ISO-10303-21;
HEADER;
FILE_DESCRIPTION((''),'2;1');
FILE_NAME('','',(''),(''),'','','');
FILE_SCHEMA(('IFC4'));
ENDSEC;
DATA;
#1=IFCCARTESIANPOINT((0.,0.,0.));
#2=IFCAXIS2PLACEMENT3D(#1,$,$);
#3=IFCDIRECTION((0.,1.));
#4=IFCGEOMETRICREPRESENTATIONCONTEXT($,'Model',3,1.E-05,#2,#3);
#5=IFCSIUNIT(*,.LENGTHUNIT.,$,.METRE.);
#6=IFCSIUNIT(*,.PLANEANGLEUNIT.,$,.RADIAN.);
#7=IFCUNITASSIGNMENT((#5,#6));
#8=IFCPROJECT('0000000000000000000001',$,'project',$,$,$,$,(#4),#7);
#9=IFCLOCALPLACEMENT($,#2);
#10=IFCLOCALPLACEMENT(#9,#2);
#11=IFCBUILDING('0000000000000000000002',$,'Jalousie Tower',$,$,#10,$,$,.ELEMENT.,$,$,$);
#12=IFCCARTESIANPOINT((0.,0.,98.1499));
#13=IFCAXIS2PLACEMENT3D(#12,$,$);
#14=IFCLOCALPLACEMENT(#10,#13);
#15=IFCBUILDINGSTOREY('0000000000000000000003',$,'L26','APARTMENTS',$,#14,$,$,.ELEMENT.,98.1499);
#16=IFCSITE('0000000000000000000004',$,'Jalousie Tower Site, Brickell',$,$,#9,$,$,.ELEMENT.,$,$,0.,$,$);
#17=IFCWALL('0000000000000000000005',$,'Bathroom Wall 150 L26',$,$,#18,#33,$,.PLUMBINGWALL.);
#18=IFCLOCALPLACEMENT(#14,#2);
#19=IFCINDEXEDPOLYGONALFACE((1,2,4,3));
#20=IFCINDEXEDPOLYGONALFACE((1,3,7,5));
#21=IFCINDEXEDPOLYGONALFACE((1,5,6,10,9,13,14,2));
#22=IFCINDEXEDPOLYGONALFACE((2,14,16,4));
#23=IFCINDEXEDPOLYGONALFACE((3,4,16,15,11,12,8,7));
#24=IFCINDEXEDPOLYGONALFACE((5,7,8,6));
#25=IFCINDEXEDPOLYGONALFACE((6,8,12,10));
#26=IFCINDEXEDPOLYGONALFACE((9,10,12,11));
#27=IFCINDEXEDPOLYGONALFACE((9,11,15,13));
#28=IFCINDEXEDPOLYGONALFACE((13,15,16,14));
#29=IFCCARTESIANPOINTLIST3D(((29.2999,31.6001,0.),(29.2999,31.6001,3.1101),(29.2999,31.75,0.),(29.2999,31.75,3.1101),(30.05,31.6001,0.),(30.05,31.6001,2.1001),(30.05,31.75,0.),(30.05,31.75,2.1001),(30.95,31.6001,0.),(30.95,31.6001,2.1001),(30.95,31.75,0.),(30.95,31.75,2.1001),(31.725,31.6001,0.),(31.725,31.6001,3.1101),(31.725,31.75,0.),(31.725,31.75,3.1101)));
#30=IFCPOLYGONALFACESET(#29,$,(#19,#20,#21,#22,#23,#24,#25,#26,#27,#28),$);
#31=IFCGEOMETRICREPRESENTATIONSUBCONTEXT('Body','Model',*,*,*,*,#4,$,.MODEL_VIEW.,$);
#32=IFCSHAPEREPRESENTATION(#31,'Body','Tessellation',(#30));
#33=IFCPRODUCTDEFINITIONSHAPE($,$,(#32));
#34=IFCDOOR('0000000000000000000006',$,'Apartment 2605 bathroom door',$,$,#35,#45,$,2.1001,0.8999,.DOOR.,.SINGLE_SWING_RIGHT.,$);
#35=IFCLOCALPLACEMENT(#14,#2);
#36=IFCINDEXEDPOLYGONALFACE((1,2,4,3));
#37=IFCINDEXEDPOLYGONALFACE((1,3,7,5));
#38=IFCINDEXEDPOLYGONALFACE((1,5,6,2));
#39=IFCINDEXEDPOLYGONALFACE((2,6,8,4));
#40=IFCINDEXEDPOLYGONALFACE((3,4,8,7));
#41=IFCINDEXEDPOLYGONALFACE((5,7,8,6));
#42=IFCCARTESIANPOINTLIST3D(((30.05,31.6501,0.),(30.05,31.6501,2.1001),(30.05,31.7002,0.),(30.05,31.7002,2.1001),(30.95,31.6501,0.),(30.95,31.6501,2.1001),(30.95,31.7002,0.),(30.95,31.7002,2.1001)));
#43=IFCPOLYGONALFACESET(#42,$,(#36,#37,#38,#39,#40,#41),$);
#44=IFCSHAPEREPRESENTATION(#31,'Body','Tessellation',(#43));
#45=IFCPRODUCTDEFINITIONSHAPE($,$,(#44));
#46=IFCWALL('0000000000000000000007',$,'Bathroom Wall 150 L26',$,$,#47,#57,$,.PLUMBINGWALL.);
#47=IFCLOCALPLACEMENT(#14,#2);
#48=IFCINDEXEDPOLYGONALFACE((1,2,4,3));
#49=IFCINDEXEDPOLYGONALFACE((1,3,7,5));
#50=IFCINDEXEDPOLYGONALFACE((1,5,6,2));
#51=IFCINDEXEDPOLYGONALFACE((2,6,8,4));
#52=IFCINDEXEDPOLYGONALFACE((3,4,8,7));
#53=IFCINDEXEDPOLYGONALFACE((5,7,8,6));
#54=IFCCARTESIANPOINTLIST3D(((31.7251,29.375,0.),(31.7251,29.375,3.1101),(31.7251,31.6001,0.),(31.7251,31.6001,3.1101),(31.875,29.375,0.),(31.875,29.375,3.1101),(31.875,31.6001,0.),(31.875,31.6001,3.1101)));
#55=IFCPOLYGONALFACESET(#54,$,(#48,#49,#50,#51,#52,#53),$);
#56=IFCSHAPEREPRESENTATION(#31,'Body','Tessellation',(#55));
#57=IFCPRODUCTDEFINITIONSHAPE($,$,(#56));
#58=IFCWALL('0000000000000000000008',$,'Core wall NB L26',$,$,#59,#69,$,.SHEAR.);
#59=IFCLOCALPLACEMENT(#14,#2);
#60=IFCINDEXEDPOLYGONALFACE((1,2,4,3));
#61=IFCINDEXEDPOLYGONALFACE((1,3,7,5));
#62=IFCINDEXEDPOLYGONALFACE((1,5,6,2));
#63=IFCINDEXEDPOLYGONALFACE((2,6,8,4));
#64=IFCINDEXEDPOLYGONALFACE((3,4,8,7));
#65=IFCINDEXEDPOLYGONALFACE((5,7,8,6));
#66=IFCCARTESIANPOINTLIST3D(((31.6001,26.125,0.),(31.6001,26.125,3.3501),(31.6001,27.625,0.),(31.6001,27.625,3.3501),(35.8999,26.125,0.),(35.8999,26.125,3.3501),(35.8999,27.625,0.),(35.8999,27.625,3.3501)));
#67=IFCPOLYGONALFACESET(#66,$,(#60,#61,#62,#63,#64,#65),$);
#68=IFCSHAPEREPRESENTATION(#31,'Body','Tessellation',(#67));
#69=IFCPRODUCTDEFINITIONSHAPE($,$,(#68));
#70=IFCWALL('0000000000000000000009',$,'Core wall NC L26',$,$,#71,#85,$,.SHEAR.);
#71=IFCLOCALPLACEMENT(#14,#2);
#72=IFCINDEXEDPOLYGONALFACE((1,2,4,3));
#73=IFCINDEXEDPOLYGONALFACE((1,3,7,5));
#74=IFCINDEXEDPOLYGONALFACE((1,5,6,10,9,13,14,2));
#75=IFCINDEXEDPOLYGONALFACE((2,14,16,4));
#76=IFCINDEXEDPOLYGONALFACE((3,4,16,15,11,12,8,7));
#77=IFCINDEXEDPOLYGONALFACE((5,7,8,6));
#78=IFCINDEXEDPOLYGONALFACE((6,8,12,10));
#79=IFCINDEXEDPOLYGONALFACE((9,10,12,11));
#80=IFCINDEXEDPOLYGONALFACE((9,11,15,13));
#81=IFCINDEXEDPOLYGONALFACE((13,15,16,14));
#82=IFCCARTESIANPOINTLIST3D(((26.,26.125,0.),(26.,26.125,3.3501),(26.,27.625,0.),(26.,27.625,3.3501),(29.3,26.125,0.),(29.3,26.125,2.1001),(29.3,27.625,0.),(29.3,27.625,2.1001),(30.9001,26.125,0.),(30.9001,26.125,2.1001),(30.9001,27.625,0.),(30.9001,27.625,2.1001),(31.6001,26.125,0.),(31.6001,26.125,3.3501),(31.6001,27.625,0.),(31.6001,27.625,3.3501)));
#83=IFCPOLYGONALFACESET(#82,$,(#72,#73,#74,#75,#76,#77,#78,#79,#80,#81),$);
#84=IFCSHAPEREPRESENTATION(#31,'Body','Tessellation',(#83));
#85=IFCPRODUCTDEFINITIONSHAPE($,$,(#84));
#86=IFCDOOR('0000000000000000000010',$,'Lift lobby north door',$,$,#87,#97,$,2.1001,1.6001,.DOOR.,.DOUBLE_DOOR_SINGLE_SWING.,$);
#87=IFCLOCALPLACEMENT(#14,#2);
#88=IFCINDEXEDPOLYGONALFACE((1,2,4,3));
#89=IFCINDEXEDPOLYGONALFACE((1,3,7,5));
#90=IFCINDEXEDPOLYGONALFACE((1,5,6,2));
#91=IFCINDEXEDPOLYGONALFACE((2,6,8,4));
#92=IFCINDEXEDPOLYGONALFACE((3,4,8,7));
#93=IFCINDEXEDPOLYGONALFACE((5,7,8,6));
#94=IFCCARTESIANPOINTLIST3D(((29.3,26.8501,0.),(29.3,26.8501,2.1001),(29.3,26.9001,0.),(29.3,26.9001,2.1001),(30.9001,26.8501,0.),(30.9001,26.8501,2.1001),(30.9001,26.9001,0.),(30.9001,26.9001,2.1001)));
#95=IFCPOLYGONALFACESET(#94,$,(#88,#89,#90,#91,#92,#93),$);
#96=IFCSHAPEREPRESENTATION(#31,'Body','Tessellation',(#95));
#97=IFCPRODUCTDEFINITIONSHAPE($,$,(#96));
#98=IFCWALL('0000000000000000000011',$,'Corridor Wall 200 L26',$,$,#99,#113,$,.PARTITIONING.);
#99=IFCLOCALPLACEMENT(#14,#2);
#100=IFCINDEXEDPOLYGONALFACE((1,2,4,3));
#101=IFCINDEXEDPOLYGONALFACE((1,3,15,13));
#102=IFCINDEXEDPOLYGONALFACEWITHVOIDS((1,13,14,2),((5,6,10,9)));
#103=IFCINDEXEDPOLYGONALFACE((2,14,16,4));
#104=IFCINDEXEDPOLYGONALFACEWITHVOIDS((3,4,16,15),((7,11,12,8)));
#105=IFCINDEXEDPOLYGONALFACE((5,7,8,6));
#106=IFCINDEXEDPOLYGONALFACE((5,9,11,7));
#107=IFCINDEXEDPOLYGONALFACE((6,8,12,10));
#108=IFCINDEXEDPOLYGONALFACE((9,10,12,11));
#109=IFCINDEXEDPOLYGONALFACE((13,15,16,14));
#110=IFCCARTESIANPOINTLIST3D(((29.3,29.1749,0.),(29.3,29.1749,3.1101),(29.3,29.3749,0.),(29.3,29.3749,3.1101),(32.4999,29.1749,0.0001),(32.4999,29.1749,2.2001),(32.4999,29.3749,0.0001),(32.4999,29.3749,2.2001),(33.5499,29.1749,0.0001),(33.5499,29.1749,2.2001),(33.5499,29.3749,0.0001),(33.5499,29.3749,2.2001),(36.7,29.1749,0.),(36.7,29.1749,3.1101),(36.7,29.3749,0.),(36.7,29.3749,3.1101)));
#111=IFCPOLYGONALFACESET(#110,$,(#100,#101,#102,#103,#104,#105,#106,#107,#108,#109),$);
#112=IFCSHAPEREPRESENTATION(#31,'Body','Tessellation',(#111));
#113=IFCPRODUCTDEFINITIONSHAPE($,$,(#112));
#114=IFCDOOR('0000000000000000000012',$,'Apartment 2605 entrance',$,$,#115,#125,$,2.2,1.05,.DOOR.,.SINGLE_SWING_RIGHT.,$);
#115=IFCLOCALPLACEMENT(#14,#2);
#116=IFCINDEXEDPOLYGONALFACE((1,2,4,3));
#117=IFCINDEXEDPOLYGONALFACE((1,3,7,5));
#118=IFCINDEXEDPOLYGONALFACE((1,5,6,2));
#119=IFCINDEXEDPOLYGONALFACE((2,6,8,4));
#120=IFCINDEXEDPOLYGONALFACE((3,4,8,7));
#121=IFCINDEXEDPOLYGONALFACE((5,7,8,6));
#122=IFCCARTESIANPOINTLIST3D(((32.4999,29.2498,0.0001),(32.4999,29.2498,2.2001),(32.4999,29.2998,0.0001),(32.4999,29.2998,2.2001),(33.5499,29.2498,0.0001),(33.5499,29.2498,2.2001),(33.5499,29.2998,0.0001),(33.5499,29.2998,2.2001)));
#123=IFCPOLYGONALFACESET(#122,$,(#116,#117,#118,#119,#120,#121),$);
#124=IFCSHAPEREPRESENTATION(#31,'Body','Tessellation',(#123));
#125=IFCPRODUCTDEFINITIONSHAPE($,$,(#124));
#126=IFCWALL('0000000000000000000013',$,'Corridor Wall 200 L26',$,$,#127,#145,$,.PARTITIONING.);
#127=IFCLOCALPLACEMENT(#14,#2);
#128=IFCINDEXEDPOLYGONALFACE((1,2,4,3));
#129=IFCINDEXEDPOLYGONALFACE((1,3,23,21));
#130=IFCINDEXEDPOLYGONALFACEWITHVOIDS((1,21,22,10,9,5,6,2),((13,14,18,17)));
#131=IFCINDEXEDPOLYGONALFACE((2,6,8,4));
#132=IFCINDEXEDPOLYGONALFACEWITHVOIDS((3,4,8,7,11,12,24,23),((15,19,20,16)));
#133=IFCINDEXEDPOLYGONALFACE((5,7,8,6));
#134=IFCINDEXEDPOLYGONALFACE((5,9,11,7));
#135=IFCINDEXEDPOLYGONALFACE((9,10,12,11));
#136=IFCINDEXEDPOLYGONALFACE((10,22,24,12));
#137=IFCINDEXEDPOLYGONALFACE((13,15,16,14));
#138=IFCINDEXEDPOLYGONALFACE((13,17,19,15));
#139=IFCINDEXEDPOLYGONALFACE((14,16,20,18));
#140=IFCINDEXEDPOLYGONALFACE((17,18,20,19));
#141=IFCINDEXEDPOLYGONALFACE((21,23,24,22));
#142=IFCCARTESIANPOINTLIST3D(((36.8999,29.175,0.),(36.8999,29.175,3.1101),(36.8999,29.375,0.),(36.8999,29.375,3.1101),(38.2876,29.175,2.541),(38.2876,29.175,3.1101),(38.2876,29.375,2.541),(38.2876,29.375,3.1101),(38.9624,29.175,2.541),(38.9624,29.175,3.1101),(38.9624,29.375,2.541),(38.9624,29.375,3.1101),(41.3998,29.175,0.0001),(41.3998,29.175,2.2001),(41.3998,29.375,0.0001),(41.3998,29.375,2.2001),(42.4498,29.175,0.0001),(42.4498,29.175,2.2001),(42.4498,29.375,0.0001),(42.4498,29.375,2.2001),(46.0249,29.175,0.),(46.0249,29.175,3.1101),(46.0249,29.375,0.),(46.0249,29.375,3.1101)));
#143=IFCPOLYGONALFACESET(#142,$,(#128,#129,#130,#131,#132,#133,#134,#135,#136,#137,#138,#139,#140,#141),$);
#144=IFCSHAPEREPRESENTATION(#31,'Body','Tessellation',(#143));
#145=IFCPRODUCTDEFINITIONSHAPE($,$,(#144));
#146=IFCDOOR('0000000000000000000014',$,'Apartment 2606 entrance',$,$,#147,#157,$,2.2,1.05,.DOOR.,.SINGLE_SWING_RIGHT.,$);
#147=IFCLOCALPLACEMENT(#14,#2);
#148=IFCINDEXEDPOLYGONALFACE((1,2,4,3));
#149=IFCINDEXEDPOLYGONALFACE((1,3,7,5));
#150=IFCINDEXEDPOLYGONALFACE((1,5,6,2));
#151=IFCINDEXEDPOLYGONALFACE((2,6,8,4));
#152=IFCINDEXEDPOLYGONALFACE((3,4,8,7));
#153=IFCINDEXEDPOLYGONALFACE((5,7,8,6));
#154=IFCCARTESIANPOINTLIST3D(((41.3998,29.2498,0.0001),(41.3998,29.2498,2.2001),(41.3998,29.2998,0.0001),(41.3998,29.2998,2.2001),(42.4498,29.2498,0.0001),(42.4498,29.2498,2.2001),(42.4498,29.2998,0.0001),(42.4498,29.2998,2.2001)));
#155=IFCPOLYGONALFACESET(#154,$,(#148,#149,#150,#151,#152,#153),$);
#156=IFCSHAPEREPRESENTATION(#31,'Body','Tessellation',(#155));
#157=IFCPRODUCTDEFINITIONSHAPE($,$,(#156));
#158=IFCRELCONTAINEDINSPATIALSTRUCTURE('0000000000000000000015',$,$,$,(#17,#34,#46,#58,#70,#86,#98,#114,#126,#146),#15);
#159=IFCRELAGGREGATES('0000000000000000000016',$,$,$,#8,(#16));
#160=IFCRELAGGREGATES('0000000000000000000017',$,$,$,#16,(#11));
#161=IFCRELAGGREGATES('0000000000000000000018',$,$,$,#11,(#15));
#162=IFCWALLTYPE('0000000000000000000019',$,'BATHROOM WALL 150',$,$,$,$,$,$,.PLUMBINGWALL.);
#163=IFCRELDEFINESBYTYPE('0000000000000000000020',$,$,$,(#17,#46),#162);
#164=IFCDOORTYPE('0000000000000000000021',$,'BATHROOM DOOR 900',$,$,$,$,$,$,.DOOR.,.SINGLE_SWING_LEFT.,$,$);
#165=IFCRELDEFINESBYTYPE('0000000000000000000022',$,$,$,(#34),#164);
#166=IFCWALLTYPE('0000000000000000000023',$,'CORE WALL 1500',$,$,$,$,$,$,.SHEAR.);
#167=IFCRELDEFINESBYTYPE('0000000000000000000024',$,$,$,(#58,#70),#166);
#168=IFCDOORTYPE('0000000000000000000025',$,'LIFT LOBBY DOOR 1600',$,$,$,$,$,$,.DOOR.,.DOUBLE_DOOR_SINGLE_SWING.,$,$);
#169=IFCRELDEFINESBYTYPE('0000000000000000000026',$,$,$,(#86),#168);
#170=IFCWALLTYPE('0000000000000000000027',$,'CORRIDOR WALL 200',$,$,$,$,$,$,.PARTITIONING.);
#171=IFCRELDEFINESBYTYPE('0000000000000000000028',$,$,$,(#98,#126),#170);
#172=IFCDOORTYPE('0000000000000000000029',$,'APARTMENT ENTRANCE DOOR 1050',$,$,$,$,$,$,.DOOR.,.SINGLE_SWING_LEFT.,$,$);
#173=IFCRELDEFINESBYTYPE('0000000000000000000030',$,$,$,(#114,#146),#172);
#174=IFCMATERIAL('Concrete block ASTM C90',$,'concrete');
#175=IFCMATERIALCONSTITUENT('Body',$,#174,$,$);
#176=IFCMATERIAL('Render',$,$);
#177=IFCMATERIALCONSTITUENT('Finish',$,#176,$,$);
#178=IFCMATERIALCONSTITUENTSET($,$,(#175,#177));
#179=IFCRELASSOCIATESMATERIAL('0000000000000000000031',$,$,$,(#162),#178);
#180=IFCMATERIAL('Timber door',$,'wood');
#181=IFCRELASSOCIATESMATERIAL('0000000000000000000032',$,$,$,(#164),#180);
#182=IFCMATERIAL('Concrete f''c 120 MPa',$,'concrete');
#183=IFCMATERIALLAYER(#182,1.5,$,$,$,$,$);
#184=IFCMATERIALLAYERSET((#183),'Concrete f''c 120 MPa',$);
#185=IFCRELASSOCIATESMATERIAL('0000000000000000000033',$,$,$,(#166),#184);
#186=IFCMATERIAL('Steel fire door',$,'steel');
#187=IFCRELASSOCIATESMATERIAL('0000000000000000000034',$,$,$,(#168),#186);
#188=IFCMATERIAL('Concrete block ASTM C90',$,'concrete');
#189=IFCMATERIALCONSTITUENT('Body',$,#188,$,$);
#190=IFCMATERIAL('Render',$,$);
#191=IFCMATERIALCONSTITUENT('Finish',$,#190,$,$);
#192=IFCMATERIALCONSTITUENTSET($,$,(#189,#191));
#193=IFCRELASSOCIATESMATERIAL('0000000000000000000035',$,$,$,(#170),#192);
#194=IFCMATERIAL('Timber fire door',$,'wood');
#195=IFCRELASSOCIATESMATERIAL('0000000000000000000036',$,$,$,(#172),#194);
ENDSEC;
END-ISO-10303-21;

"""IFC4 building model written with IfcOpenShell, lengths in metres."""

from ifc_helpers import new_model, si_unit, direction, frame, frame_2d, origin, place, context, subcontext, project, spatial, polyline, rectangle, outline, extrude, material, layer, layer_set, constituent, constituent_set, type_object, element, fill, save


model = new_model("IFC4")

# Units and contexts
model_context = context("Model", 3, precision=1e-05, world=origin(), true_north=direction((0.0, 1.0)))
body_context = subcontext(model_context, "Body", "Model", "MODEL_VIEW")
ifc_project = project(units=[si_unit("LENGTHUNIT", "METRE"), si_unit("PLANEANGLEUNIT", "RADIAN")], contexts=[model_context])

# Site, building, storey
site_placement = place(None, origin())
site = spatial("IfcSite", under=ifc_project, at=site_placement, Name="Jalousie Tower Site, Brickell", CompositionType="ELEMENT", RefElevation=0.0)
building_placement = place(site_placement, origin())
building = spatial("IfcBuilding", under=site, at=building_placement, Name="Jalousie Tower", CompositionType="ELEMENT")
storey_placement = place(building_placement, frame((0.0, 0.0, 98.1499)))
storey = spatial("IfcBuildingStorey", under=building, at=storey_placement, Name="L26", Description="APARTMENTS", CompositionType="ELEMENT", Elevation=98.1499)

# Wall, opening, door
ifc_material_1 = material(Name="Concrete block ASTM C90", Category="concrete")
ifc_constituent_1 = constituent(ifc_material_1, Name="Body")
ifc_material_2 = material(Name="Render")
ifc_constituent_2 = constituent(ifc_material_2, Name="Finish")
ifc_constituent_set_1 = constituent_set(constituents=[ifc_constituent_1, ifc_constituent_2])
wall_type_1 = type_object("IfcWallType", Name="BATHROOM WALL 150", PredefinedType="PLUMBINGWALL", material=ifc_constituent_set_1)
wall_1_placement = place(storey_placement, frame((29.3, 31.675, 0.0), z_axis=(0.0, 0.0, 1.0), x_axis=(1.0, 0.0, 0.0)))
wall_1 = element("IfcWall", 1, at=wall_1_placement, inside=storey, type_object=wall_type_1, Name="Bathroom Wall 150 L26", PredefinedType="PLUMBINGWALL", context=body_context, shape_type="SweptSolid", body=[
    extrude(rectangle(XDim=2.425, YDim=0.1499, at=frame_2d((1.2124, 0.0))), origin(), (0.0, 0.0, 1.0), 3.1101),
])
opening_1_placement = place(wall_1_placement, frame((0.75, 0.0, 0.0)))
opening_1 = element("IfcOpeningElement", 2, at=opening_1_placement, cuts=wall_1, PredefinedType="OPENING", context=body_context, shape_type="SweptSolid", body=[
    extrude(rectangle(XDim=0.8999, YDim=2.1001, at=frame_2d((0.45, 1.05))), frame((0.0, 0.085, 0.0), z_axis=(0.0, -1.0, 0.0), x_axis=(1.0, 0.0, 0.0)), (0.0, 0.0, 1.0), 0.1699),
])
ifc_material_3 = material(Name="Timber door", Category="wood")
door_type_1 = type_object("IfcDoorType", Name="BATHROOM DOOR 900", OperationType="SINGLE_SWING_LEFT", PredefinedType="DOOR", material=ifc_material_3)
door_1_placement = place(opening_1_placement, frame((0.8999, 0.0, 0.0), z_axis=(0.0, 0.0, 1.0), x_axis=(-1.0, 0.0, 0.0)))
door_1 = element("IfcDoor", 3, at=door_1_placement, inside=storey, type_object=door_type_1, Name="Apartment 2605 bathroom door", OperationType="SINGLE_SWING_RIGHT", OverallHeight=2.1001, OverallWidth=0.8999, PredefinedType="DOOR", context=body_context, shape_type="SweptSolid", body=[
    extrude(rectangle(XDim=0.8999, YDim=2.1001, at=frame_2d((0.45, 1.05))), frame((0.0, 0.0249, 0.0), z_axis=(0.0, -1.0, 0.0), x_axis=(1.0, 0.0, 0.0)), (0.0, 0.0, 1.0), 0.05),
])
fill(opening_1, door_1)

# Walls
wall_2_placement = place(storey_placement, frame((31.8, 31.6001, 0.0), z_axis=(0.0, 0.0, 1.0), x_axis=(0.0, -1.0, 0.0)))
element("IfcWall", 4, at=wall_2_placement, inside=storey, type_object=wall_type_1, Name="Bathroom Wall 150 L26", PredefinedType="PLUMBINGWALL", context=body_context, shape_type="SweptSolid", body=[
    extrude(rectangle(XDim=2.2251, YDim=0.1499, at=frame_2d((1.1125, 0.0))), origin(), (0.0, 0.0, 1.0), 3.1101),
])
ifc_material_4 = material(Name="Concrete f'c 120 MPa", Category="concrete")
ifc_layer_1 = layer(ifc_material_4, 1.5)
ifc_layer_set_1 = layer_set([ifc_layer_1], Name="Concrete f'c 120 MPa")
wall_type_2 = type_object("IfcWallType", Name="CORE WALL 1500", PredefinedType="SHEAR", material=ifc_layer_set_1)
wall_3_placement = place(storey_placement, frame((35.8999, 26.875, 0.0), z_axis=(0.0, 0.0, 1.0), x_axis=(-1.0, 0.0, 0.0)))
element("IfcWall", 5, at=wall_3_placement, inside=storey, type_object=wall_type_2, Name="Core wall NB L26", PredefinedType="SHEAR", context=body_context, shape_type="SweptSolid", body=[
    extrude(rectangle(XDim=4.2998, YDim=1.5, at=frame_2d((2.1499, 0.0))), origin(), (0.0, 0.0, 1.0), 3.3501),
])

# Walls, openings, doors
wall_4_placement = place(storey_placement, frame((31.6001, 26.875, 0.0), z_axis=(0.0, 0.0, 1.0), x_axis=(-1.0, 0.0, 0.0)))
wall_4 = element("IfcWall", 6, at=wall_4_placement, inside=storey, type_object=wall_type_2, Name="Core wall NC L26", PredefinedType="SHEAR", context=body_context, shape_type="SweptSolid", body=[
    extrude(rectangle(XDim=5.6001, YDim=1.5, at=frame_2d((2.8, 0.0))), origin(), (0.0, 0.0, 1.0), 3.3501),
])
opening_2_placement = place(wall_4_placement, frame((0.7, 0.0, 0.0)))
opening_2 = element("IfcOpeningElement", 7, at=opening_2_placement, cuts=wall_4, PredefinedType="OPENING", context=body_context, shape_type="SweptSolid", body=[
    extrude(rectangle(XDim=1.6001, YDim=2.1001, at=frame_2d((0.8, 1.05))), frame((0.0, 0.76, 0.0), z_axis=(0.0, -1.0, 0.0), x_axis=(1.0, 0.0, 0.0)), (0.0, 0.0, 1.0), 1.52),
])
ifc_material_5 = material(Name="Steel fire door", Category="steel")
door_type_2 = type_object("IfcDoorType", Name="LIFT LOBBY DOOR 1600", OperationType="DOUBLE_DOOR_SINGLE_SWING", PredefinedType="DOOR", material=ifc_material_5)
door_2_placement = place(opening_2_placement, origin())
door_2 = element("IfcDoor", 8, at=door_2_placement, inside=storey, type_object=door_type_2, Name="Lift lobby north door", OperationType="DOUBLE_DOOR_SINGLE_SWING", OverallHeight=2.1001, OverallWidth=1.6001, PredefinedType="DOOR", context=body_context, shape_type="SweptSolid", body=[
    extrude(rectangle(XDim=1.6001, YDim=2.1001, at=frame_2d((0.8, 1.05))), frame((0.0, 0.0249, 0.0), z_axis=(0.0, -1.0, 0.0), x_axis=(1.0, 0.0, 0.0)), (0.0, 0.0, 1.0), 0.05),
])
fill(opening_2, door_2)
ifc_material_6 = material(Name="Concrete block ASTM C90", Category="concrete")
ifc_constituent_3 = constituent(ifc_material_6, Name="Body")
ifc_material_7 = material(Name="Render")
ifc_constituent_4 = constituent(ifc_material_7, Name="Finish")
ifc_constituent_set_2 = constituent_set(constituents=[ifc_constituent_3, ifc_constituent_4])
wall_type_3 = type_object("IfcWallType", Name="CORRIDOR WALL 200", PredefinedType="PARTITIONING", material=ifc_constituent_set_2)
wall_5_placement = place(storey_placement, frame((29.3, 29.2749, 0.0), z_axis=(0.0, 0.0, 1.0), x_axis=(1.0, 0.0, 0.0)))
wall_5 = element("IfcWall", 9, at=wall_5_placement, inside=storey, type_object=wall_type_3, Name="Corridor Wall 200 L26", PredefinedType="PARTITIONING", context=body_context, shape_type="SweptSolid", body=[
    extrude(rectangle(XDim=7.3999, YDim=0.2, at=frame_2d((3.7, 0.0))), origin(), (0.0, 0.0, 1.0), 3.1101),
])
opening_3_placement = place(wall_5_placement, frame((3.2, 0.0, 0.0)))
opening_3 = element("IfcOpeningElement", 10, at=opening_3_placement, cuts=wall_5, PredefinedType="OPENING", context=body_context, shape_type="SweptSolid", body=[
    extrude(rectangle(XDim=1.05, YDim=2.2, at=frame_2d((0.5249, 1.1001))), frame((0.0, 0.1099, 0.0), z_axis=(0.0, -1.0, 0.0), x_axis=(1.0, 0.0, 0.0)), (0.0, 0.0, 1.0), 0.22),
])
ifc_material_8 = material(Name="Timber fire door", Category="wood")
door_type_3 = type_object("IfcDoorType", Name="APARTMENT ENTRANCE DOOR 1050", OperationType="SINGLE_SWING_LEFT", PredefinedType="DOOR", material=ifc_material_8)
door_3_placement = place(opening_3_placement, origin())
door_3 = element("IfcDoor", 11, at=door_3_placement, inside=storey, type_object=door_type_3, Name="Apartment 2605 entrance", OperationType="SINGLE_SWING_RIGHT", OverallHeight=2.2, OverallWidth=1.05, PredefinedType="DOOR", context=body_context, shape_type="SweptSolid", body=[
    extrude(rectangle(XDim=1.05, YDim=2.2, at=frame_2d((0.5249, 1.1001))), frame((0.0, 0.0249, 0.0), z_axis=(0.0, -1.0, 0.0), x_axis=(1.0, 0.0, 0.0)), (0.0, 0.0, 1.0), 0.05),
])
fill(opening_3, door_3)
wall_6_placement = place(storey_placement, frame((36.8999, 29.2749, 0.0), z_axis=(0.0, 0.0, 1.0), x_axis=(1.0, 0.0, 0.0)))
wall_6 = element("IfcWall", 12, at=wall_6_placement, inside=storey, type_object=wall_type_3, Name="Corridor Wall 200 L26", PredefinedType="PARTITIONING", context=body_context, shape_type="SweptSolid", body=[
    extrude(outline(polyline([(0.0, 0.0), (9.125, 0.0), (9.125, 3.1101), (2.0625, 3.1101), (2.0625, 2.541), (1.3877, 2.541), (1.3877, 3.1101), (0.0, 3.1101), (0.0, 0.0)])), frame((0.0, 0.1001, 0.0), z_axis=(0.0, -1.0, 0.0), x_axis=(1.0, 0.0, 0.0)), (0.0, 0.0, 1.0), 0.2),
])
opening_4_placement = place(wall_6_placement, frame((4.5, 0.0, 0.0)))
opening_4 = element("IfcOpeningElement", 13, at=opening_4_placement, cuts=wall_6, PredefinedType="OPENING", context=body_context, shape_type="SweptSolid", body=[
    extrude(rectangle(XDim=1.05, YDim=2.2, at=frame_2d((0.5249, 1.1001))), frame((0.0, 0.1099, 0.0), z_axis=(0.0, -1.0, 0.0), x_axis=(1.0, 0.0, 0.0)), (0.0, 0.0, 1.0), 0.22),
])
door_4_placement = place(opening_4_placement, origin())
door_4 = element("IfcDoor", 14, at=door_4_placement, inside=storey, type_object=door_type_3, Name="Apartment 2606 entrance", OperationType="SINGLE_SWING_RIGHT", OverallHeight=2.2, OverallWidth=1.05, PredefinedType="DOOR", context=body_context, shape_type="SweptSolid", body=[
    extrude(rectangle(XDim=1.05, YDim=2.2, at=frame_2d((0.5249, 1.1001))), frame((0.0, 0.0249, 0.0), z_axis=(0.0, -1.0, 0.0), x_axis=(1.0, 0.0, 0.0)), (0.0, 0.0, 1.0), 0.05),
])
fill(opening_4, door_4)

save(model, "model.ifc")
